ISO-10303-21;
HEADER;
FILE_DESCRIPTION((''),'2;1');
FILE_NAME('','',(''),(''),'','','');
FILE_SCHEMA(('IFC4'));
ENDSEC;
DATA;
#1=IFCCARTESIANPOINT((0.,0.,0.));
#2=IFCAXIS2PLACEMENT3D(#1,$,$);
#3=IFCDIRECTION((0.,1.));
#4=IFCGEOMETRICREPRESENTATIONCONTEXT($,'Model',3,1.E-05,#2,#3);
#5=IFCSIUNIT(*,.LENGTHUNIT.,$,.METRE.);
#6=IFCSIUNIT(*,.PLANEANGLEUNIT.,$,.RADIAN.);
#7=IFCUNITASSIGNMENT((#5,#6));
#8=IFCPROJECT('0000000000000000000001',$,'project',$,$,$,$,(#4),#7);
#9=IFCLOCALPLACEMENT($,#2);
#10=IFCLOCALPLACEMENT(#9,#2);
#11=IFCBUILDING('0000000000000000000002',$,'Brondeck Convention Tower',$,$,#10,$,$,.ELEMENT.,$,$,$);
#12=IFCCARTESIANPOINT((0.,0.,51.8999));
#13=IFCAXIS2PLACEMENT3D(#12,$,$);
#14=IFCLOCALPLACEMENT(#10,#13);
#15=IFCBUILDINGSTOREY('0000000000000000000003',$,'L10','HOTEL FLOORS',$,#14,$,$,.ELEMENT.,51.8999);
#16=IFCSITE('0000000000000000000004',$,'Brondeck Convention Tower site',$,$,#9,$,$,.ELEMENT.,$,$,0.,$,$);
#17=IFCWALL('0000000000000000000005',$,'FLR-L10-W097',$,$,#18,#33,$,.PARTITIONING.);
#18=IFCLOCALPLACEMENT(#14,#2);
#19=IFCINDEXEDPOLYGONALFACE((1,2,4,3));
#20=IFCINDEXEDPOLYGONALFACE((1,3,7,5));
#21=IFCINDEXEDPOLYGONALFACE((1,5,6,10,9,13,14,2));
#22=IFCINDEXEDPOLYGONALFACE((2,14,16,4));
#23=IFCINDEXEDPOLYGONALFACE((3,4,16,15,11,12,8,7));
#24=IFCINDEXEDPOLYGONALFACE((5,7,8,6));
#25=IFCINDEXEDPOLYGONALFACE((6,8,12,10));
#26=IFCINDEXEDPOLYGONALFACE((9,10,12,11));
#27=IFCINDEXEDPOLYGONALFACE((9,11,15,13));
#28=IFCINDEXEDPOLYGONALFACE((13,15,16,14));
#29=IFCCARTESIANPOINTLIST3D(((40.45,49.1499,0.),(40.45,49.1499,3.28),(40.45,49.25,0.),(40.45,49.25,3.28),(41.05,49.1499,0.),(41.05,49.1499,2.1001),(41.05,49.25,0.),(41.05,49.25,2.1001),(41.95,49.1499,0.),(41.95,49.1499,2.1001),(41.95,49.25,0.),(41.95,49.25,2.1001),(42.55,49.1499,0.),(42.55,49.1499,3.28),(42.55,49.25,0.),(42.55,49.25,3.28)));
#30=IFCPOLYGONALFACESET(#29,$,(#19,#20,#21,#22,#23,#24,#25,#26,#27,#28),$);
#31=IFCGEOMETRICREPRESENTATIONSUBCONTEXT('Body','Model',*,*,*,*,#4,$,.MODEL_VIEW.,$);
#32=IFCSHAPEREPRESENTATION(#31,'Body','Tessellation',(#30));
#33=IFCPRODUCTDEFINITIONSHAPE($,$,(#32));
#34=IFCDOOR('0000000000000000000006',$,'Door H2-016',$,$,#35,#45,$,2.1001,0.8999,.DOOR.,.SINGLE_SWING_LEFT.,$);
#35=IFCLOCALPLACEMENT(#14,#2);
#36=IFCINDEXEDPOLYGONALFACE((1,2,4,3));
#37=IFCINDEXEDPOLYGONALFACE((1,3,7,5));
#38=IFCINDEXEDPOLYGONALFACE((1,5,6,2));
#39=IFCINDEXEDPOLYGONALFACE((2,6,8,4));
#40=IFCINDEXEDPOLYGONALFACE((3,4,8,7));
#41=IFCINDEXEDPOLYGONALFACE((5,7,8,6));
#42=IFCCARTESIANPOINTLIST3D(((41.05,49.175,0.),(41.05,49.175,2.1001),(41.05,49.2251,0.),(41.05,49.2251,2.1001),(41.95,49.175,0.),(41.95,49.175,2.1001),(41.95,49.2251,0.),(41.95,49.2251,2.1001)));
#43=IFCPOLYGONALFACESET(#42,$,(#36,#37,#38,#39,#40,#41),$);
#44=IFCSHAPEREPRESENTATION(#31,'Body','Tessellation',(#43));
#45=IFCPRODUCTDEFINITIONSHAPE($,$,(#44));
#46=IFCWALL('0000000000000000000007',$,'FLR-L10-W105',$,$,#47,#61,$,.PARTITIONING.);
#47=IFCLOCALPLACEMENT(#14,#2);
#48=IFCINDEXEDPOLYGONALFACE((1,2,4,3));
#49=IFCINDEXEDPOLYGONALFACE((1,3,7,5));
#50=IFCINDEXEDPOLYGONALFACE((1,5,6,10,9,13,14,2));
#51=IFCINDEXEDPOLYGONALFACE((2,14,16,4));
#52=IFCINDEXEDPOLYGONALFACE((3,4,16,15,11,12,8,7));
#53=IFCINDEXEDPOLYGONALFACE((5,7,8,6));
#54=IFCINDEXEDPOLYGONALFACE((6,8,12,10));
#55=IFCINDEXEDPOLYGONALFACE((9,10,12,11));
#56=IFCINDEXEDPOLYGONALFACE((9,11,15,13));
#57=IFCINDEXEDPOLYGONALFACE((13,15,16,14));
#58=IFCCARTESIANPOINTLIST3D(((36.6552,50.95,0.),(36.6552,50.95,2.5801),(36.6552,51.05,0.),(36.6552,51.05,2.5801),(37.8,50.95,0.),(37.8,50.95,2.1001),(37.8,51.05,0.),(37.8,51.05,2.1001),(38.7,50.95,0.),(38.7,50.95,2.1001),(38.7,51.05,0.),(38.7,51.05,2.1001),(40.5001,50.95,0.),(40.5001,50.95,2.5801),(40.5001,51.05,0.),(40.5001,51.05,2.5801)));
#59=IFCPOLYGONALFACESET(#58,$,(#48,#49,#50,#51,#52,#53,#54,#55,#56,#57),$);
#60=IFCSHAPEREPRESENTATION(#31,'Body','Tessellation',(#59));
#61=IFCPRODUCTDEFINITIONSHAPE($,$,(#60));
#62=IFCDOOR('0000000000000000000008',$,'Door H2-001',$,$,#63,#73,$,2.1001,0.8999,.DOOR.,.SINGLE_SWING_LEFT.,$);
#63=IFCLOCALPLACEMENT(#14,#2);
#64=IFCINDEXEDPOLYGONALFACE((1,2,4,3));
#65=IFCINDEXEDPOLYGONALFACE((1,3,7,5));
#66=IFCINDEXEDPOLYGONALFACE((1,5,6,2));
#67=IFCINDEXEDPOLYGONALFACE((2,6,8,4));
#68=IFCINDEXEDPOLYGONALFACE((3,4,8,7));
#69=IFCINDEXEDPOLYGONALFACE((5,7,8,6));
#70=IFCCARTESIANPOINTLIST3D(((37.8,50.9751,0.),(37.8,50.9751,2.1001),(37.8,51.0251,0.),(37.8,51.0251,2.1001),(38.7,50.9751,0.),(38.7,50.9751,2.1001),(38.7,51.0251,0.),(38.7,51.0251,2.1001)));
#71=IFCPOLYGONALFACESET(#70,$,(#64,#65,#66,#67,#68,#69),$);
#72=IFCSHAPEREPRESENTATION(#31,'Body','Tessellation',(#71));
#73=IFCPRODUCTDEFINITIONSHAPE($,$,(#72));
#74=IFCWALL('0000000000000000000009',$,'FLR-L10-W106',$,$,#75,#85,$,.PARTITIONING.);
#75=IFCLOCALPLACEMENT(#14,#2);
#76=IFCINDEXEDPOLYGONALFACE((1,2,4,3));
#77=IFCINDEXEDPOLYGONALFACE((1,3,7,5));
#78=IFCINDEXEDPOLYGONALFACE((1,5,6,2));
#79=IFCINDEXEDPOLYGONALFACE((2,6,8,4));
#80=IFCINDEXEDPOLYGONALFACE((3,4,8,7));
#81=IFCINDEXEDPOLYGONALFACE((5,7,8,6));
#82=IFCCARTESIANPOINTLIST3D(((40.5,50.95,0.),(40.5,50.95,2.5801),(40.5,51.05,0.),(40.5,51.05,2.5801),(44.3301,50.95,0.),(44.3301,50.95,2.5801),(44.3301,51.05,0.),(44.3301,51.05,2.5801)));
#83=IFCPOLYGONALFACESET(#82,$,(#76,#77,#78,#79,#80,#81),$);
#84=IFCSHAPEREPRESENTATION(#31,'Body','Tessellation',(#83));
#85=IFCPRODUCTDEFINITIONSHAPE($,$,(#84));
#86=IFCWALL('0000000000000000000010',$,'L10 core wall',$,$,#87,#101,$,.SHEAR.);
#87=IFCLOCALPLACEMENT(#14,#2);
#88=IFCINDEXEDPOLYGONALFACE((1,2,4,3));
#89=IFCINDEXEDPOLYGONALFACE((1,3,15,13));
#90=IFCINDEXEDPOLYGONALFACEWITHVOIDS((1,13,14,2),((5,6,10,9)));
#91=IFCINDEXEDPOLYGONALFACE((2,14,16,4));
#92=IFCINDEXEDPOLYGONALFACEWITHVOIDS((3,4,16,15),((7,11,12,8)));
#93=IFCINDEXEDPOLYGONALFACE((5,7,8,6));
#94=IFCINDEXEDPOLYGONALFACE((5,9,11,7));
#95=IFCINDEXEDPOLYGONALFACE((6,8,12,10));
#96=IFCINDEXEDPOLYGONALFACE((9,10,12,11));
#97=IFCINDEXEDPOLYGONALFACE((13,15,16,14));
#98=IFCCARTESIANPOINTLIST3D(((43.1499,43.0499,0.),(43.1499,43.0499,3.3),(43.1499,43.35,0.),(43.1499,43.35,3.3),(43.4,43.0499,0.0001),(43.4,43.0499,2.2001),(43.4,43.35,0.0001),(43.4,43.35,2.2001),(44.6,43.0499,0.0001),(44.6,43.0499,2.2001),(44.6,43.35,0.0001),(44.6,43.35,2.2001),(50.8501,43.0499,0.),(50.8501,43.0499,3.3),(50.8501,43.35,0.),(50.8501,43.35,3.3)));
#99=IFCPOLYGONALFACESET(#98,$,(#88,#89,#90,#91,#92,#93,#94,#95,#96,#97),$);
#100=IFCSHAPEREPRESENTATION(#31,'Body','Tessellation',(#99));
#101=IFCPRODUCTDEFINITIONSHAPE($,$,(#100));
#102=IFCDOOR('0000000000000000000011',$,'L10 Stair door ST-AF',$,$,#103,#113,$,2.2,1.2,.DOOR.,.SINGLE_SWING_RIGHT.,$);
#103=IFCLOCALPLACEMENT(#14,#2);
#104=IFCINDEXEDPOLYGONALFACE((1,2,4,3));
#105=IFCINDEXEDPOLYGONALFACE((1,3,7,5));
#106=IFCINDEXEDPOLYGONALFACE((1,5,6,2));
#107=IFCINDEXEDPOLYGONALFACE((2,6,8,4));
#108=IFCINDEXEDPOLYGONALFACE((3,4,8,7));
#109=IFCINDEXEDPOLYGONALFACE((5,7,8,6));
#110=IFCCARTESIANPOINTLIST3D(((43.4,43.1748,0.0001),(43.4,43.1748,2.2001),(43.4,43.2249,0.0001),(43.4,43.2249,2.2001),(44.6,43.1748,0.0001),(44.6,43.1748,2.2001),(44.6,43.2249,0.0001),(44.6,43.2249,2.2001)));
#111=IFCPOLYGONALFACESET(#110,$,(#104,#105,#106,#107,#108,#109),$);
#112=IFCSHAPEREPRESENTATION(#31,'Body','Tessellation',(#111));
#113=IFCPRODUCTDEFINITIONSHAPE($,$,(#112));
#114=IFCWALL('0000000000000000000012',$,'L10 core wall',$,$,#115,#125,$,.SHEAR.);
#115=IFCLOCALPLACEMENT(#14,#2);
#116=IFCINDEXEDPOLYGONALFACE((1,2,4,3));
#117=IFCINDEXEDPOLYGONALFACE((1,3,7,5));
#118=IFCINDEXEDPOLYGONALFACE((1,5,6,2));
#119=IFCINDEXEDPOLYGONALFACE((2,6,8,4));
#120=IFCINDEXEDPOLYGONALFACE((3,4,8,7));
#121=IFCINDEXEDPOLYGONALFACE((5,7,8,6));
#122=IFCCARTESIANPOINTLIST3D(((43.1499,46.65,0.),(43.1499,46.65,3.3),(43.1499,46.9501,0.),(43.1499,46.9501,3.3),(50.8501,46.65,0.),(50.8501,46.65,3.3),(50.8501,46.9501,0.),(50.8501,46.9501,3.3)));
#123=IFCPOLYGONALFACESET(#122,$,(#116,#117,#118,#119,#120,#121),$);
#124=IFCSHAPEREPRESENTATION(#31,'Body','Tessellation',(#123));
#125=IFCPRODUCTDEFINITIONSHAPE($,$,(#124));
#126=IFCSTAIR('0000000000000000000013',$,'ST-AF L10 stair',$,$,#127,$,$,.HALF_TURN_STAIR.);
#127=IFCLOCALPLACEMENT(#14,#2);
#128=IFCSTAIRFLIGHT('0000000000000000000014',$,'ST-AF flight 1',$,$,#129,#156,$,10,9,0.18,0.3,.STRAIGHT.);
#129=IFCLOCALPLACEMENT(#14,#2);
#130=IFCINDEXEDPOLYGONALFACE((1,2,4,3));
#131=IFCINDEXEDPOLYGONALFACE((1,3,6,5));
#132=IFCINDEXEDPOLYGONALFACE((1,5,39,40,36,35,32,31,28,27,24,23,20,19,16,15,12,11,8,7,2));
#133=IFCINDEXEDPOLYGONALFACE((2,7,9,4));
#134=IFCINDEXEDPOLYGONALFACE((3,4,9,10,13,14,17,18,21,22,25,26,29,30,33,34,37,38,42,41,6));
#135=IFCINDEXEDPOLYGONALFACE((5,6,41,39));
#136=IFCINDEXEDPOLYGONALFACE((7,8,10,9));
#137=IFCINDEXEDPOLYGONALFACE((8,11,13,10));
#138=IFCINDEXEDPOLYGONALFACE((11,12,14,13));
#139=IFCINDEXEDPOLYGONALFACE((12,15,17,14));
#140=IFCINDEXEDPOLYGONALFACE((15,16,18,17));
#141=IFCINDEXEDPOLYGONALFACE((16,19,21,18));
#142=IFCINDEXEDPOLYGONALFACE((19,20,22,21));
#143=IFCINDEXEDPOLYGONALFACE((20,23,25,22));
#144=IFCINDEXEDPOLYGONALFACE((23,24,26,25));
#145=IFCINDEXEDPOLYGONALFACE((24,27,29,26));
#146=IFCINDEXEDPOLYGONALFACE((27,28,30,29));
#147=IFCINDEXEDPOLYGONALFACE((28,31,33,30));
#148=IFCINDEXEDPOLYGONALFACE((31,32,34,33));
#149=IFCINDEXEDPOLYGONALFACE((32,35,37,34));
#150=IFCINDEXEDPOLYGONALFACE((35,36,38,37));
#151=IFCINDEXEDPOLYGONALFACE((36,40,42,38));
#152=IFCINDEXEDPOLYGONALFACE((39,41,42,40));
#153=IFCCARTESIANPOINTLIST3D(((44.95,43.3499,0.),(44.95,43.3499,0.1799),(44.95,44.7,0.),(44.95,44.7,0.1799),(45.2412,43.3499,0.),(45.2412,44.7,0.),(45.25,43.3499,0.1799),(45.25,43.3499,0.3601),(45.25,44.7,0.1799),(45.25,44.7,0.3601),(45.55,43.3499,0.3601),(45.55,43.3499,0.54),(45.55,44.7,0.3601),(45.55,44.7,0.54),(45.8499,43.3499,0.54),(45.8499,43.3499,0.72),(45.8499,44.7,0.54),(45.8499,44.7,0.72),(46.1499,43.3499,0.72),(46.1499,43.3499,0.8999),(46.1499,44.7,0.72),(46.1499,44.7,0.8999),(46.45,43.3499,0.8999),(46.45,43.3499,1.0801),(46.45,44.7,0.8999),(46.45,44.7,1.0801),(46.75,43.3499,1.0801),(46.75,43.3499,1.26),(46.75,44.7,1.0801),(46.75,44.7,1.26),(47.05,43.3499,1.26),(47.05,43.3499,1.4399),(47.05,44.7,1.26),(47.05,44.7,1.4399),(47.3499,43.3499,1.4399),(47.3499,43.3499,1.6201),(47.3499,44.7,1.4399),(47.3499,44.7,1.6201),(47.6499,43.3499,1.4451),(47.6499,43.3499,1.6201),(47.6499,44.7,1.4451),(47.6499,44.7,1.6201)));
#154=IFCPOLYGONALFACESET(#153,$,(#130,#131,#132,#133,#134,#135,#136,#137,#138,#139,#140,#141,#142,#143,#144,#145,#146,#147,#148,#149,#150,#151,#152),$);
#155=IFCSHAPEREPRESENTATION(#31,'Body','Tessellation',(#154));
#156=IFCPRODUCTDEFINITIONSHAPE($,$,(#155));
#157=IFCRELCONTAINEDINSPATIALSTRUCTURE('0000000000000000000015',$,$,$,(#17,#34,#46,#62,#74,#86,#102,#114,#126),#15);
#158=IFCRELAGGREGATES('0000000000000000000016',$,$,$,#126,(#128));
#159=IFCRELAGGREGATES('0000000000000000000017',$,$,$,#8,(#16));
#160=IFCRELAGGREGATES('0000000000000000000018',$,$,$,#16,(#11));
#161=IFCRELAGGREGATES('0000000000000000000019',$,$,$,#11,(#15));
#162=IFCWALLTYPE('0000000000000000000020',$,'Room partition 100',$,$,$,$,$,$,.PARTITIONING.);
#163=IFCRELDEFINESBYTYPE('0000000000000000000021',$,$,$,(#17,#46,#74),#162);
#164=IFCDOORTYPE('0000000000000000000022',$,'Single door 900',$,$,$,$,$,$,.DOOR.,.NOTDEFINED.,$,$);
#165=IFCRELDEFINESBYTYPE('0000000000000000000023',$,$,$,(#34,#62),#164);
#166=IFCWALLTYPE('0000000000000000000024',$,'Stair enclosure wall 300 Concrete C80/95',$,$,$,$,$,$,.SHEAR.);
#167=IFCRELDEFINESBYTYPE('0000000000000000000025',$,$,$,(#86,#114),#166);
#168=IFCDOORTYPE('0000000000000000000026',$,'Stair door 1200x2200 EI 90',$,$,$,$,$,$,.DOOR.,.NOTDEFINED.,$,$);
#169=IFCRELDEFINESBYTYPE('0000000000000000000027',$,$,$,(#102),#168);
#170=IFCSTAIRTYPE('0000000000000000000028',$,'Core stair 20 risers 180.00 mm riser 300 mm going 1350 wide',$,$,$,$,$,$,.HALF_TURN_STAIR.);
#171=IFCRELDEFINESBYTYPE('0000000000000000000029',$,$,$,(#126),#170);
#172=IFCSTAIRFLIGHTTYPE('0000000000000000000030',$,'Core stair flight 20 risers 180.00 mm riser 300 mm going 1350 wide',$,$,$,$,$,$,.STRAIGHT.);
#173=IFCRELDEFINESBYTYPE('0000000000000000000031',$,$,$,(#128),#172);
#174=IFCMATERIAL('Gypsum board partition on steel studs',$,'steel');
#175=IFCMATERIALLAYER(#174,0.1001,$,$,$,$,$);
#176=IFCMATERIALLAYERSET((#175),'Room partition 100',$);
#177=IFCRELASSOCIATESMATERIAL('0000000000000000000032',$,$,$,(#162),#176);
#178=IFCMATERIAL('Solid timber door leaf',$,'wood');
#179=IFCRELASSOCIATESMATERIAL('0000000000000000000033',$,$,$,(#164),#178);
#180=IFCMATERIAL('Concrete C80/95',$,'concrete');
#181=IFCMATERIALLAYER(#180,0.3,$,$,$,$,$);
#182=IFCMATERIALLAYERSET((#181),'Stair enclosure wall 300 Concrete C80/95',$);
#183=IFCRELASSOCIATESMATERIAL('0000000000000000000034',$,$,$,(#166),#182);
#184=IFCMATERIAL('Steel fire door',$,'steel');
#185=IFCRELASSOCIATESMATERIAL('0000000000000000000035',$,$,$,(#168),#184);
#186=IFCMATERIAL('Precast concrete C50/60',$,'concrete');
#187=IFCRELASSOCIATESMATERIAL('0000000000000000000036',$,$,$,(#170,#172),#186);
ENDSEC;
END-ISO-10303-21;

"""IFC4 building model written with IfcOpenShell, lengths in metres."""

from ifc_helpers import new_model, si_unit, direction, frame, frame_2d, origin, place, context, subcontext, project, spatial, polyline, rectangle, outline, extrude, material, layer, layer_set, type_object, element, fill, aggregate, save


model = new_model("IFC4")

# Units and contexts
model_context = context("Model", 3, precision=1e-05, world=origin(), true_north=direction((0.0, 1.0)))
body_context = subcontext(model_context, "Body", "Model", "MODEL_VIEW")
ifc_project = project(units=[si_unit("LENGTHUNIT", "METRE"), si_unit("PLANEANGLEUNIT", "RADIAN")], contexts=[model_context])

# Site, building, storey
site_placement = place(None, origin())
site = spatial("IfcSite", under=ifc_project, at=site_placement, Name="Brondeck Convention Tower site", CompositionType="ELEMENT", RefElevation=0.0)
building_placement = place(site_placement, origin())
building = spatial("IfcBuilding", under=site, at=building_placement, Name="Brondeck Convention Tower", CompositionType="ELEMENT")
storey_placement = place(building_placement, frame((0.0, 0.0, 51.8999)))
storey = spatial("IfcBuildingStorey", under=building, at=storey_placement, Name="L10", Description="HOTEL FLOORS", CompositionType="ELEMENT", Elevation=51.8999)

# Shared definitions
ifc_material_1 = material(Name="Concrete C80/95", Category="concrete")

# Shared definitions
ifc_material_2 = material(Name="Gypsum board partition on steel studs", Category="steel")
ifc_layer_1 = layer(ifc_material_2, 0.1001)
ifc_layer_set_1 = layer_set([ifc_layer_1], Name="Room partition 100")
wall_type_1 = type_object("IfcWallType", Name="Room partition 100", PredefinedType="PARTITIONING", material=ifc_layer_set_1)

# Walls, openings, doors
wall_1_placement = place(storey_placement, frame((42.55, 49.2, 0.0), z_axis=(0.0, 0.0, 1.0), x_axis=(-1.0, 0.0, 0.0)))
wall_1 = element("IfcWall", 1, at=wall_1_placement, inside=storey, type_object=wall_type_1, Name="FLR-L10-W097", PredefinedType="PARTITIONING", context=body_context, shape_type="SweptSolid", body=[
    extrude(rectangle(XDim=2.1001, YDim=0.1001, at=frame_2d((1.05, 0.0))), origin(), (0.0, 0.0, 1.0), 3.28),
])
opening_1_placement = place(wall_1_placement, frame((0.6001, 0.0, 0.0)))
opening_1 = element("IfcOpeningElement", 2, at=opening_1_placement, cuts=wall_1, PredefinedType="OPENING", context=body_context, shape_type="SweptSolid", body=[
    extrude(rectangle(XDim=0.8999, YDim=2.1001, at=frame_2d((0.45, 1.05))), frame((0.0, 0.0601, 0.0), z_axis=(0.0, -1.0, 0.0), x_axis=(1.0, 0.0, 0.0)), (0.0, 0.0, 1.0), 0.1201),
])
ifc_material_3 = material(Name="Solid timber door leaf", Category="wood")
door_type_1 = type_object("IfcDoorType", Name="Single door 900", OperationType="NOTDEFINED", PredefinedType="DOOR", material=ifc_material_3)
door_1_placement = place(opening_1_placement, origin())
door_1 = element("IfcDoor", 3, at=door_1_placement, inside=storey, type_object=door_type_1, Name="Door H2-016", OperationType="SINGLE_SWING_LEFT", OverallHeight=2.1001, OverallWidth=0.8999, PredefinedType="DOOR", context=body_context, shape_type="SweptSolid", body=[
    extrude(rectangle(XDim=0.8999, YDim=2.1001, at=frame_2d((0.45, 1.05))), frame((0.0, 0.0249, 0.0), z_axis=(0.0, -1.0, 0.0), x_axis=(1.0, 0.0, 0.0)), (0.0, 0.0, 1.0), 0.05),
])
fill(opening_1, door_1)
wall_2_placement = place(storey_placement, frame((40.5, 51.0, 0.0), z_axis=(0.0, 0.0, 1.0), x_axis=(-1.0, 0.0, 0.0)))
wall_2 = element("IfcWall", 4, at=wall_2_placement, inside=storey, type_object=wall_type_1, Name="FLR-L10-W105", PredefinedType="PARTITIONING", context=body_context, shape_type="SweptSolid", body=[
    extrude(rectangle(XDim=3.845, YDim=0.1001, at=frame_2d((1.9224, 0.0))), origin(), (0.0, 0.0, 1.0), 2.5801),
])
opening_2_placement = place(wall_2_placement, frame((1.8, 0.0, 0.0)))
opening_2 = element("IfcOpeningElement", 5, at=opening_2_placement, cuts=wall_2, PredefinedType="OPENING", context=body_context, shape_type="SweptSolid", body=[
    extrude(rectangle(XDim=0.8999, YDim=2.1001, at=frame_2d((0.45, 1.05))), frame((0.0, 0.0601, 0.0), z_axis=(0.0, -1.0, 0.0), x_axis=(1.0, 0.0, 0.0)), (0.0, 0.0, 1.0), 0.1201),
])
door_2_placement = place(opening_2_placement, origin())
door_2 = element("IfcDoor", 6, at=door_2_placement, inside=storey, type_object=door_type_1, Name="Door H2-001", OperationType="SINGLE_SWING_LEFT", OverallHeight=2.1001, OverallWidth=0.8999, PredefinedType="DOOR", context=body_context, shape_type="SweptSolid", body=[
    extrude(rectangle(XDim=0.8999, YDim=2.1001, at=frame_2d((0.45, 1.05))), frame((0.0, 0.0249, 0.0), z_axis=(0.0, -1.0, 0.0), x_axis=(1.0, 0.0, 0.0)), (0.0, 0.0, 1.0), 0.05),
])
fill(opening_2, door_2)

# Wall
wall_3_placement = place(storey_placement, frame((44.3301, 51.0, 0.0), z_axis=(0.0, 0.0, 1.0), x_axis=(-1.0, 0.0, 0.0)))
element("IfcWall", 7, at=wall_3_placement, inside=storey, type_object=wall_type_1, Name="FLR-L10-W106", PredefinedType="PARTITIONING", context=body_context, shape_type="SweptSolid", body=[
    extrude(rectangle(XDim=3.8301, YDim=0.1001, at=frame_2d((1.915, 0.0))), origin(), (0.0, 0.0, 1.0), 2.5801),
])

# Wall, opening, door
ifc_layer_2 = layer(ifc_material_1, 0.3)
ifc_layer_set_2 = layer_set([ifc_layer_2], Name="Stair enclosure wall 300 Concrete C80/95")
wall_type_2 = type_object("IfcWallType", Name="Stair enclosure wall 300 Concrete C80/95", PredefinedType="SHEAR", material=ifc_layer_set_2)
wall_4_placement = place(storey_placement, frame((43.1499, 43.2, 0.0), z_axis=(0.0, 0.0, 1.0), x_axis=(1.0, 0.0, 0.0)))
wall_4 = element("IfcWall", 8, at=wall_4_placement, inside=storey, type_object=wall_type_2, Name="L10 core wall", PredefinedType="SHEAR", context=body_context, shape_type="SweptSolid", body=[
    extrude(rectangle(XDim=7.7002, YDim=0.3, at=frame_2d((3.8501, 0.0))), origin(), (0.0, 0.0, 1.0), 3.3),
])
opening_3_placement = place(wall_4_placement, frame((0.25, 0.0, 0.0)))
opening_3 = element("IfcOpeningElement", 9, at=opening_3_placement, cuts=wall_4, PredefinedType="OPENING", context=body_context, shape_type="SweptSolid", body=[
    extrude(rectangle(XDim=1.2, YDim=2.2, at=frame_2d((0.6001, 1.1001))), frame((0.0, 0.1599, 0.0), z_axis=(0.0, -1.0, 0.0), x_axis=(1.0, 0.0, 0.0)), (0.0, 0.0, 1.0), 0.3201),
])
ifc_material_4 = material(Name="Steel fire door", Category="steel")
door_type_2 = type_object("IfcDoorType", Name="Stair door 1200x2200 EI 90", OperationType="NOTDEFINED", PredefinedType="DOOR", material=ifc_material_4)
door_3_placement = place(opening_3_placement, origin())
door_3 = element("IfcDoor", 10, at=door_3_placement, inside=storey, type_object=door_type_2, Name="L10 Stair door ST-AF", OperationType="SINGLE_SWING_RIGHT", OverallHeight=2.2, OverallWidth=1.2, PredefinedType="DOOR", context=body_context, shape_type="SweptSolid", body=[
    extrude(rectangle(XDim=1.2, YDim=2.2, at=frame_2d((0.6001, 1.1001))), frame((0.0, 0.0249, 0.0), z_axis=(0.0, -1.0, 0.0), x_axis=(1.0, 0.0, 0.0)), (0.0, 0.0, 1.0), 0.05),
])
fill(opening_3, door_3)

# Wall
wall_5_placement = place(storey_placement, frame((43.1499, 46.8, 0.0), z_axis=(0.0, 0.0, 1.0), x_axis=(1.0, 0.0, 0.0)))
element("IfcWall", 11, at=wall_5_placement, inside=storey, type_object=wall_type_2, Name="L10 core wall", PredefinedType="SHEAR", context=body_context, shape_type="SweptSolid", body=[
    extrude(rectangle(XDim=7.7002, YDim=0.3, at=frame_2d((3.8501, 0.0))), origin(), (0.0, 0.0, 1.0), 3.3),
])

# Stair, stair flight
ifc_material_5 = material(Name="Precast concrete C50/60", Category="concrete")
stair_type = type_object("IfcStairType", Name="Core stair 20 risers 180.00 mm riser 300 mm going 1350 wide", PredefinedType="HALF_TURN_STAIR", material=ifc_material_5)
stair_placement = place(storey_placement, origin())
stair = element("IfcStair", 12, at=stair_placement, inside=storey, type_object=stair_type, Name="ST-AF L10 stair", PredefinedType="HALF_TURN_STAIR")
stair_flight_type = type_object("IfcStairFlightType", Name="Core stair flight 20 risers 180.00 mm riser 300 mm going 1350 wide", PredefinedType="STRAIGHT", material=ifc_material_5)
stair_flight_placement = place(storey_placement, frame((44.95, 44.0249, 0.0), z_axis=(0.0, 0.0, 1.0), x_axis=(1.0, 0.0, 0.0)))
stair_flight = element("IfcStairFlight", 13, at=stair_flight_placement, type_object=stair_flight_type, Name="ST-AF flight 1", NumberOfRisers=10, NumberOfTreads=9, PredefinedType="STRAIGHT", RiserHeight=0.18, TreadLength=0.3, context=body_context, shape_type="SweptSolid", body=[
    extrude(outline(polyline([(0.0, 0.0), (0.0, 0.1799), (0.3, 0.1799), (0.3, 0.3601), (0.6001, 0.3601), (0.6001, 0.54), (0.8999, 0.54), (0.8999, 0.72), (1.2, 0.72), (1.2, 0.8999), (1.5, 0.8999), (1.5, 1.0801), (1.8, 1.0801), (1.8, 1.26), (2.1001, 1.26), (2.1001, 1.4399), (2.3999, 1.4399), (2.3999, 1.6201), (2.7, 1.6201), (2.7, 1.8), (2.7, 1.4451), (0.2913, 0.0), (0.0, 0.0)])), frame((0.0, 0.675, 0.0), z_axis=(0.0, -1.0, 0.0), x_axis=(1.0, 0.0, 0.0)), (0.0, 0.0, 1.0), 1.3501),
])
aggregate(stair, [stair_flight])

save(model, "model.ifc")
